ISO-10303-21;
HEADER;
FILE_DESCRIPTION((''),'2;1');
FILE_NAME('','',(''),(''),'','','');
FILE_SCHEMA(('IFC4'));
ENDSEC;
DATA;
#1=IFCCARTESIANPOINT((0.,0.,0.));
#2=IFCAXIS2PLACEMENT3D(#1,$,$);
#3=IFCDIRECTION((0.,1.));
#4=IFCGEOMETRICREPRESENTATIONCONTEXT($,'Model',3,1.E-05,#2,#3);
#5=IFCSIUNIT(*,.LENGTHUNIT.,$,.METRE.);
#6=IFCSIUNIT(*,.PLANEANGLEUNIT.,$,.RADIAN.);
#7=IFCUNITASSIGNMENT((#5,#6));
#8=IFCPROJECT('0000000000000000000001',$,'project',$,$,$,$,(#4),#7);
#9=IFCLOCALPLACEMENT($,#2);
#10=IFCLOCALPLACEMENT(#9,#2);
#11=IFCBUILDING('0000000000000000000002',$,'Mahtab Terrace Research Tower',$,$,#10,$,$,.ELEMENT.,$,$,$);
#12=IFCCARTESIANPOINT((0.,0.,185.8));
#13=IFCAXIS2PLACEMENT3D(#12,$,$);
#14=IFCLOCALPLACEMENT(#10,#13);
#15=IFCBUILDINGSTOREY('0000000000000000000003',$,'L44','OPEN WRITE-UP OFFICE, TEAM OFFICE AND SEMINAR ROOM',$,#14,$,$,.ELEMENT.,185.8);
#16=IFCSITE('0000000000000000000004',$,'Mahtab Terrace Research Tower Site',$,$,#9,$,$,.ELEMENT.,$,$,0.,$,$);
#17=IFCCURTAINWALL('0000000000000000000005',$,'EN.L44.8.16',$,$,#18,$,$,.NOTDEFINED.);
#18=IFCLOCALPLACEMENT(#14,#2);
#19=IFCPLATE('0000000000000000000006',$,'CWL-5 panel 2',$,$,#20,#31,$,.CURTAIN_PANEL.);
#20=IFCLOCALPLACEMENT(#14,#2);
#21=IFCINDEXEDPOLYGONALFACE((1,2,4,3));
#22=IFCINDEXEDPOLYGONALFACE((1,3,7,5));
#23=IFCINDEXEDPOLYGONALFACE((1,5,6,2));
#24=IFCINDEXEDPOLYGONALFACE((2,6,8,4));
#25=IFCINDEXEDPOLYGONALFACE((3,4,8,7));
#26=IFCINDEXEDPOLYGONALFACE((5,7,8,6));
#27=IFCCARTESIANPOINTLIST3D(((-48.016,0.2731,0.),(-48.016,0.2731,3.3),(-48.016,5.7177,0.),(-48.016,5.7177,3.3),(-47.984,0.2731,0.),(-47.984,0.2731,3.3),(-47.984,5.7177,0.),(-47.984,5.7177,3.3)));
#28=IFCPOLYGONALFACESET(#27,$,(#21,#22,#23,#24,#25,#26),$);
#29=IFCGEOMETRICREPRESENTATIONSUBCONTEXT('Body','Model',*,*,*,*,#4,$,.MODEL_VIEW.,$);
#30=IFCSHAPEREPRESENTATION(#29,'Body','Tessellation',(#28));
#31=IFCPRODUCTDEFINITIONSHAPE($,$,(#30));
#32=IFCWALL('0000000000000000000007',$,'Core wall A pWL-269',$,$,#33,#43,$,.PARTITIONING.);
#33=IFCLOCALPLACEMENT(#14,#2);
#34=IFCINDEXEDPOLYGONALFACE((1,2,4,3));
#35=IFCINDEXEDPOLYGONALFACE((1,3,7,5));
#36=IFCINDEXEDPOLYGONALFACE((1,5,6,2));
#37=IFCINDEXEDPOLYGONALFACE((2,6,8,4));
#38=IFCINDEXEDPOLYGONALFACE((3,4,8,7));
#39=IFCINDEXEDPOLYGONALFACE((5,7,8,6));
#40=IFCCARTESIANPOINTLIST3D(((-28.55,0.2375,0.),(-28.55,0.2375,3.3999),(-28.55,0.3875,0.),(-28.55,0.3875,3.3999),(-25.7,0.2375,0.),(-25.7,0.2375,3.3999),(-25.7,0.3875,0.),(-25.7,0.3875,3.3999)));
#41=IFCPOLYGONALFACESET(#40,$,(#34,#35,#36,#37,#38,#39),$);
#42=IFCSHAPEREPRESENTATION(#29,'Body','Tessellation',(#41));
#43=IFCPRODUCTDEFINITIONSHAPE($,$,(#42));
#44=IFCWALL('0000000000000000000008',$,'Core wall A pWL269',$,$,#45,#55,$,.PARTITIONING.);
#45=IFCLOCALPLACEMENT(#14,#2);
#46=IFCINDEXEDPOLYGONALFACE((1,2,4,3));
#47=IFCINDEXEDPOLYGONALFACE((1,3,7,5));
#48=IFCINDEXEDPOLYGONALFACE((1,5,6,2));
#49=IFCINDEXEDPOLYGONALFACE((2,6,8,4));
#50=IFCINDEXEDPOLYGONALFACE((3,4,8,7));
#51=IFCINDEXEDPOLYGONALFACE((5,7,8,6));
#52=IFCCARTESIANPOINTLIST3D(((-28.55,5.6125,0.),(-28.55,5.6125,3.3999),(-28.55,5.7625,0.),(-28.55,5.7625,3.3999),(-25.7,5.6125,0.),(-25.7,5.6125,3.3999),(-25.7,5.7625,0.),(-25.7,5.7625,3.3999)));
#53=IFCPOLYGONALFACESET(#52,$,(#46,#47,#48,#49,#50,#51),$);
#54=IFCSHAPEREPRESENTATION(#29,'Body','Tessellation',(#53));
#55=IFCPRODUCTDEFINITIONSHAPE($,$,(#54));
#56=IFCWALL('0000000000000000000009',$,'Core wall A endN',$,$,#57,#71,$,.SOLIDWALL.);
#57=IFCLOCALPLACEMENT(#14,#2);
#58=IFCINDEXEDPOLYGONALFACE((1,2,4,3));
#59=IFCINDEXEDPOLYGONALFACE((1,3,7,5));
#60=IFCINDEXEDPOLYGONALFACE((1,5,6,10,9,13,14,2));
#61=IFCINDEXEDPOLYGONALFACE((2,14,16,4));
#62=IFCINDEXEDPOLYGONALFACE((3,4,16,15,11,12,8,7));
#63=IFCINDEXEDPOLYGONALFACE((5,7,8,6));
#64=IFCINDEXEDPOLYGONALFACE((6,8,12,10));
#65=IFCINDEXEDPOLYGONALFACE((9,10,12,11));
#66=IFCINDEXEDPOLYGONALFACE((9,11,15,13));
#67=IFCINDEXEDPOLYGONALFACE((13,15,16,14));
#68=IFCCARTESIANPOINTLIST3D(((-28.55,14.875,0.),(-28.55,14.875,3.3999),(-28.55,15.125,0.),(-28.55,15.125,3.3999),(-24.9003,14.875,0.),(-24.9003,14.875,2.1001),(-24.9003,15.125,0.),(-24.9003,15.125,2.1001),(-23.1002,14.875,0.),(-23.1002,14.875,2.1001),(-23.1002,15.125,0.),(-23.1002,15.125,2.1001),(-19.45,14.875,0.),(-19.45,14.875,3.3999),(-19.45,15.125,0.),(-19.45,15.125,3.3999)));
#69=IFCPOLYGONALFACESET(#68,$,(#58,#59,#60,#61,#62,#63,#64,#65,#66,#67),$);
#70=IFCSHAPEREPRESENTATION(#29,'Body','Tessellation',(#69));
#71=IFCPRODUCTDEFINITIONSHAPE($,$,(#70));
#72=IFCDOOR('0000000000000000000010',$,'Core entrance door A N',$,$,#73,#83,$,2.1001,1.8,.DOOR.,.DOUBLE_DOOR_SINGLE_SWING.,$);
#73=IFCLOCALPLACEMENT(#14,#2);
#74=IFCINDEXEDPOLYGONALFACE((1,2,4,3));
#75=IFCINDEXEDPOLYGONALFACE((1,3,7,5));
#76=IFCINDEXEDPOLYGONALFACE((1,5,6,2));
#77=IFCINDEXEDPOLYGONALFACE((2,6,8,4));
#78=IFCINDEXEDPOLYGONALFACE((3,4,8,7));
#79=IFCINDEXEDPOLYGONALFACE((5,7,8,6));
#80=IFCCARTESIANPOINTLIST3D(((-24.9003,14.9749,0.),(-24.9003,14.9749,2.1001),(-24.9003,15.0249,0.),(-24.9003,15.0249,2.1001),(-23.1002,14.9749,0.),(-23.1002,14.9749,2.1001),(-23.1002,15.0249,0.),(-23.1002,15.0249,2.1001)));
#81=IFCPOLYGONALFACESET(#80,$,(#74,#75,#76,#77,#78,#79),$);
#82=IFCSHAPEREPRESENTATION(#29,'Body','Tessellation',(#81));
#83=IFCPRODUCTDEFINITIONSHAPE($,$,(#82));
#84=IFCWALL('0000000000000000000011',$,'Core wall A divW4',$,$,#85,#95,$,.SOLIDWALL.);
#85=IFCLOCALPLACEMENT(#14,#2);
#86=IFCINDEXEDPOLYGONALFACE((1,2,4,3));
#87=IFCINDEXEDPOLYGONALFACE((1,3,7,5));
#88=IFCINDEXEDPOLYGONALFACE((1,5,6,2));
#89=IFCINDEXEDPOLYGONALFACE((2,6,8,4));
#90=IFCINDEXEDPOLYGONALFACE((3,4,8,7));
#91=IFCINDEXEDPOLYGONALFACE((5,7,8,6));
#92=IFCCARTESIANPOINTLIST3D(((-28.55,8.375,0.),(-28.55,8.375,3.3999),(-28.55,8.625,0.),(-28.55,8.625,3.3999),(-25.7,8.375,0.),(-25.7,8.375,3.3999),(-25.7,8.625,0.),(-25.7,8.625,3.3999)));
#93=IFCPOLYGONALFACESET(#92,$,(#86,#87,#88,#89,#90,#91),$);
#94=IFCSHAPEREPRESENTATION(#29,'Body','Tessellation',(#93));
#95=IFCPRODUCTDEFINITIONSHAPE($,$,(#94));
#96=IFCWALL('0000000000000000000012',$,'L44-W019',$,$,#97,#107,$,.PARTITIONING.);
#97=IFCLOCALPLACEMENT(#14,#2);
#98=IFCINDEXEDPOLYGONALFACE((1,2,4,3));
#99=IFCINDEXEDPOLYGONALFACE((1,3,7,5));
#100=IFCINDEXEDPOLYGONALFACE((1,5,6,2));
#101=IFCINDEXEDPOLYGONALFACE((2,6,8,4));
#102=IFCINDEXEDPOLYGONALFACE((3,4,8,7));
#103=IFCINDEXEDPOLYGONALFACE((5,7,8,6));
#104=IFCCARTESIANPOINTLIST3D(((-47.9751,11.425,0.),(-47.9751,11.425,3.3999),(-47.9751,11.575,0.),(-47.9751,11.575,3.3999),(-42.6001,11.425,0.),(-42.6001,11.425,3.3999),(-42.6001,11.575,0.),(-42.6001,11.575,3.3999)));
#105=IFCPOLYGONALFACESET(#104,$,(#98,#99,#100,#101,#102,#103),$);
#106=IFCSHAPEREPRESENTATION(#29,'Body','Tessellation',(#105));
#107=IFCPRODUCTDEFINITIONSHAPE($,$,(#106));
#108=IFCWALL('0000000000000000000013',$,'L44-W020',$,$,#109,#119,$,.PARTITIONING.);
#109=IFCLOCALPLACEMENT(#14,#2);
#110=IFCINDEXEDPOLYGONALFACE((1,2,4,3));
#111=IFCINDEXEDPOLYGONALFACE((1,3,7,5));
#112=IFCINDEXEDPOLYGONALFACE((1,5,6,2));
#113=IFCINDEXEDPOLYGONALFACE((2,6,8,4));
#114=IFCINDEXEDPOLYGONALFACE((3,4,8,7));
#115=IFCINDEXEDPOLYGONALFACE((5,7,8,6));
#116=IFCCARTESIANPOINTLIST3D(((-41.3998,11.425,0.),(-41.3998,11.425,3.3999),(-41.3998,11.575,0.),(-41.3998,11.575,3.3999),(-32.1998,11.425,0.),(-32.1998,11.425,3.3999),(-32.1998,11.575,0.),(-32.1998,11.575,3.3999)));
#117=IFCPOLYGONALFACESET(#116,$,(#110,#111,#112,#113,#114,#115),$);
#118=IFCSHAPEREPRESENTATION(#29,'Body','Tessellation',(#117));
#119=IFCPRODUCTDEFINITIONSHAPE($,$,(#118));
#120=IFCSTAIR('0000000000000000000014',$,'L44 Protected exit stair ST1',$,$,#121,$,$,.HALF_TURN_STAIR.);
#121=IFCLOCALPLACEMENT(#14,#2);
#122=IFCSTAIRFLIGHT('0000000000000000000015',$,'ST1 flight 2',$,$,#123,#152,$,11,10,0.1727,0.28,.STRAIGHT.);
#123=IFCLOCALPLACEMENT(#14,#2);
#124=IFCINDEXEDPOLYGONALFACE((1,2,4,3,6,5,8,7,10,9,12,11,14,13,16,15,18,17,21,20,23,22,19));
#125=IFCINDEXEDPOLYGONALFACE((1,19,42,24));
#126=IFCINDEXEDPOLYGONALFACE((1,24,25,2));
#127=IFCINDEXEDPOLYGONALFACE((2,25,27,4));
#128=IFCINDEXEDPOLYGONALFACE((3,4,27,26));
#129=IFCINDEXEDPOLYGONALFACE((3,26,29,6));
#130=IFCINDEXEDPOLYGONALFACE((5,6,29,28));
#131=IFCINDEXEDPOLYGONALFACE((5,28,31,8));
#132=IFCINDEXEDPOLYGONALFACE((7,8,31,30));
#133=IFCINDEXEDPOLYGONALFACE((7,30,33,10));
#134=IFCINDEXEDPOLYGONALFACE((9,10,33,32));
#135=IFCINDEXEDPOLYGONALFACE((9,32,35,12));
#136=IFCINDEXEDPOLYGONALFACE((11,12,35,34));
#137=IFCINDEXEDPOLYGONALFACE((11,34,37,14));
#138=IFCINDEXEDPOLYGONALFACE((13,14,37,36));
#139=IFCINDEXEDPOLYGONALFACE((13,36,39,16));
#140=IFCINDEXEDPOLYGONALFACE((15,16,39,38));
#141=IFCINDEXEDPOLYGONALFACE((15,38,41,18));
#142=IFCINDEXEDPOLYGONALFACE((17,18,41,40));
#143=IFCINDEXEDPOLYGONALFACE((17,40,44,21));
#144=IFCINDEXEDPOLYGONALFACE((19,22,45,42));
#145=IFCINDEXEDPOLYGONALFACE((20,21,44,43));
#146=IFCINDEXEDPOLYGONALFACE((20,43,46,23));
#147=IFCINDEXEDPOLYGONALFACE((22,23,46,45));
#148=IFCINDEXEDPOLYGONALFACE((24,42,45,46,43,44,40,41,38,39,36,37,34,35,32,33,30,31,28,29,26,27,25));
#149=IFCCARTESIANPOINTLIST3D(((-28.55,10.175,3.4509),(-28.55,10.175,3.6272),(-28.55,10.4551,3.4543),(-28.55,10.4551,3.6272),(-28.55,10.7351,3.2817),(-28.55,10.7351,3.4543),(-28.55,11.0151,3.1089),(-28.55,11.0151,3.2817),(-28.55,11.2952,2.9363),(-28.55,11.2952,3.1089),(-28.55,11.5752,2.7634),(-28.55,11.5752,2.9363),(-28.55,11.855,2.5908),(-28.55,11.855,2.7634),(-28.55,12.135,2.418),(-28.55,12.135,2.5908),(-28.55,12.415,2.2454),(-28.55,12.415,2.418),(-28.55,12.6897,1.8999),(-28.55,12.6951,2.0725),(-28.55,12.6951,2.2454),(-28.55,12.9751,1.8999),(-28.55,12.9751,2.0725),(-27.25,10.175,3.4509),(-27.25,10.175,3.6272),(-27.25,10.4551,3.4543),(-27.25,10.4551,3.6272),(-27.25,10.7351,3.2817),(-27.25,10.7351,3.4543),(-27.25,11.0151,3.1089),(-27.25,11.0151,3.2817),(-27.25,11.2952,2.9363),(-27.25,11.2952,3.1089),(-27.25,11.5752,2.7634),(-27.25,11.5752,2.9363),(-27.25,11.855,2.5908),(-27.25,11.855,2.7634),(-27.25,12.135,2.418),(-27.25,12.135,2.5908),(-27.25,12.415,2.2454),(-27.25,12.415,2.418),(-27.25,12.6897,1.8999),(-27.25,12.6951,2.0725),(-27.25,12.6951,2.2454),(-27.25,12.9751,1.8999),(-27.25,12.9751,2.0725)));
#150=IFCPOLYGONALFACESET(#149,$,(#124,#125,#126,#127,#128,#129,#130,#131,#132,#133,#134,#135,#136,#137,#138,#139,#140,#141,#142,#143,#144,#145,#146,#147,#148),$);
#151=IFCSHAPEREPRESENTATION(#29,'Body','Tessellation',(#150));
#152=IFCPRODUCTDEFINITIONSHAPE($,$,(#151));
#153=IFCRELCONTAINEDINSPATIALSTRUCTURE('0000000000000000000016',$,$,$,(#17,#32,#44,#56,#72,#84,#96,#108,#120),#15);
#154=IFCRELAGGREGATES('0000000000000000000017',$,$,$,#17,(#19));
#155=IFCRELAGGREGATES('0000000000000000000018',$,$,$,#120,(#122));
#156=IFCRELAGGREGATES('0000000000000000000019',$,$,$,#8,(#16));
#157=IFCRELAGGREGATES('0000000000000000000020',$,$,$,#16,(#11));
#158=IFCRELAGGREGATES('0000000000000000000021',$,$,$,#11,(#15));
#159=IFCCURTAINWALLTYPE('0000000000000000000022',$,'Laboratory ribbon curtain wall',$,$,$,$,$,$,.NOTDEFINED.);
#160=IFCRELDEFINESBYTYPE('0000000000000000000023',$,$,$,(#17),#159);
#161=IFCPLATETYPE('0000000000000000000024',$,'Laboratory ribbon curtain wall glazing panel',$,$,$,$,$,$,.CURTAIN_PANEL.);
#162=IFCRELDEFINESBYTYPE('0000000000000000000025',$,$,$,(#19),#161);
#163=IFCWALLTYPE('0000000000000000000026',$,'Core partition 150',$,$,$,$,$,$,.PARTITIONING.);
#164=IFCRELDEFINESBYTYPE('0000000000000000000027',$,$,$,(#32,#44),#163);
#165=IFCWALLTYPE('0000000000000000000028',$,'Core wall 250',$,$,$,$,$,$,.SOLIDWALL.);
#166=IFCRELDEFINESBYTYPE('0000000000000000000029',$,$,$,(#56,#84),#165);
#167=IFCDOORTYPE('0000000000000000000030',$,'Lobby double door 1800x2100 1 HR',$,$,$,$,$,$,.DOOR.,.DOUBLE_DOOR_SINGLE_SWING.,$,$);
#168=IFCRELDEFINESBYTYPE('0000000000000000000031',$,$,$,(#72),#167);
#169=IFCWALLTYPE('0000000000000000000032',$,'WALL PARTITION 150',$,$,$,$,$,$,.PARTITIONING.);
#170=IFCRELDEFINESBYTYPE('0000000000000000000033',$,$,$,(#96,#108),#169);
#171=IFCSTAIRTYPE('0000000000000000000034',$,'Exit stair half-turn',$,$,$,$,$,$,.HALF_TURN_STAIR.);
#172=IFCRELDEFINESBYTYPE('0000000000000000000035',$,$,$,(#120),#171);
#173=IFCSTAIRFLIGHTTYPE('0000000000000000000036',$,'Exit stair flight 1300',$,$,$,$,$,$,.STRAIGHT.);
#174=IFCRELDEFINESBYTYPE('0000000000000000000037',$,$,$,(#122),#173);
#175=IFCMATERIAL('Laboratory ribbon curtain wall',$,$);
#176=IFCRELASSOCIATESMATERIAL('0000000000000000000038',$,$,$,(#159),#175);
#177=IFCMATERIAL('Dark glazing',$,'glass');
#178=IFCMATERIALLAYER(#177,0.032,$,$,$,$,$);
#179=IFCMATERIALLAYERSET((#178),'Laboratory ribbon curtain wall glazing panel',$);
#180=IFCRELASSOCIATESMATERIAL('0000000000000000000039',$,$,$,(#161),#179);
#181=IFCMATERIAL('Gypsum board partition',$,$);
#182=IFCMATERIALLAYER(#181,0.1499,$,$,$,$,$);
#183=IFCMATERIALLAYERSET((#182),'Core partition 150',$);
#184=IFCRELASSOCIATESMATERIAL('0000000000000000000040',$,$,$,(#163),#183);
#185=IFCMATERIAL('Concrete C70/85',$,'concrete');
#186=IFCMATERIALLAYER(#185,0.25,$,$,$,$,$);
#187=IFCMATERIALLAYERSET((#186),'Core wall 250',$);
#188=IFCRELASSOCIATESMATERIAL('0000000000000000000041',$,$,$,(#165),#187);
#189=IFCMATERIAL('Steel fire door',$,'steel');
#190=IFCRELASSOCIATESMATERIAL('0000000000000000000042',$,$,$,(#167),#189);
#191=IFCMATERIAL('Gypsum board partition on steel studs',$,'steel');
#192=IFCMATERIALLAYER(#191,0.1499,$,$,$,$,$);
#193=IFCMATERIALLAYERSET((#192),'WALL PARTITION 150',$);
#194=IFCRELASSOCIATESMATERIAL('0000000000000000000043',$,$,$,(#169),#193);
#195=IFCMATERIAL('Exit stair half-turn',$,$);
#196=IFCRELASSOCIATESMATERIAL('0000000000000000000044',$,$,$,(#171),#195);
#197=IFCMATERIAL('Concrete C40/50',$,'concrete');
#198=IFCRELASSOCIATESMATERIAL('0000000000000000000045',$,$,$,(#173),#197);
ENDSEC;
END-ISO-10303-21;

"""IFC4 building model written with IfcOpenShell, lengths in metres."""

from ifc_helpers import new_model, si_unit, direction, frame, frame_2d, origin, origin_2d, place, context, subcontext, project, spatial, polyline, rectangle, outline, extrude, material, layer, layer_set, type_object, element, fill, aggregate, save


model = new_model("IFC4")

# Units and contexts
model_context = context("Model", 3, precision=1e-05, world=origin(), true_north=direction((0.0, 1.0)))
body_context = subcontext(model_context, "Body", "Model", "MODEL_VIEW")
ifc_project = project(units=[si_unit("LENGTHUNIT", "METRE"), si_unit("PLANEANGLEUNIT", "RADIAN")], contexts=[model_context])

# Site, building, storey
site_placement = place(None, origin())
site = spatial("IfcSite", under=ifc_project, at=site_placement, Name="Mahtab Terrace Research Tower Site", CompositionType="ELEMENT", RefElevation=0.0)
building_placement = place(site_placement, origin())
building = spatial("IfcBuilding", under=site, at=building_placement, Name="Mahtab Terrace Research Tower", CompositionType="ELEMENT")
storey_placement = place(building_placement, frame((0.0, 0.0, 185.8)))
storey = spatial("IfcBuildingStorey", under=building, at=storey_placement, Name="L44", Description="OPEN WRITE-UP OFFICE, TEAM OFFICE AND SEMINAR ROOM", CompositionType="ELEMENT", Elevation=185.8)

# Shared definitions
ifc_material_1 = material(Name="Concrete C70/85", Category="concrete")

# Shared definitions
ifc_material_2 = material(Name="Laboratory ribbon curtain wall")
curtain_wall_type = type_object("IfcCurtainWallType", Name="Laboratory ribbon curtain wall", PredefinedType="NOTDEFINED", material=ifc_material_2)

# Curtain wall
curtain_wall_1_placement = place(storey_placement, origin())
curtain_wall_1 = element("IfcCurtainWall", 1, at=curtain_wall_1_placement, inside=storey, type_object=curtain_wall_type, Name="EN.L44.8.16", PredefinedType="NOTDEFINED")

# Plate
ifc_material_3 = material(Name="Dark glazing", Category="glass")
ifc_layer_1 = layer(ifc_material_3, 0.032)
ifc_layer_set_1 = layer_set([ifc_layer_1], Name="Laboratory ribbon curtain wall glazing panel")
plate_type = type_object("IfcPlateType", Name="Laboratory ribbon curtain wall glazing panel", PredefinedType="CURTAIN_PANEL", material=ifc_layer_set_1)
plate_1_placement = place(storey_placement, frame((-48.0, 2.9954, 0.0), z_axis=(0.0, 0.0, 1.0), x_axis=(0.0, -1.0, 0.0)))
plate_1 = element("IfcPlate", 2, at=plate_1_placement, type_object=plate_type, Name="CWL-5 panel 2", PredefinedType="CURTAIN_PANEL", context=body_context, shape_type="SweptSolid", body=[
    extrude(rectangle(XDim=5.4446, YDim=0.032, at=origin_2d()), origin(), (0.0, 0.0, 1.0), 3.3),
])
aggregate(curtain_wall_1, [plate_1])

# Walls
ifc_material_4 = material(Name="Gypsum board partition")
ifc_layer_2 = layer(ifc_material_4, 0.1499)
ifc_layer_set_2 = layer_set([ifc_layer_2], Name="Core partition 150")
wall_type_1 = type_object("IfcWallType", Name="Core partition 150", PredefinedType="PARTITIONING", material=ifc_layer_set_2)
for number, where, z_axis, x_axis, name in (
    (3, (-28.55, 0.3125, 0.0), (0.0, 0.0, 1.0), (1.0, 0.0, 0.0), "Core wall A pWL-269"),
    (4, (-28.55, 5.6875, 0.0), (0.0, 0.0, 1.0), (1.0, 0.0, 0.0), "Core wall A pWL269"),
):
    element("IfcWall", number, at=place(storey_placement, frame(where, z_axis=z_axis, x_axis=x_axis)), inside=storey, type_object=wall_type_1, Name=name, PredefinedType="PARTITIONING", context=body_context, shape_type="SweptSolid", body=[
        extrude(rectangle(XDim=2.8501, YDim=0.1499, at=frame_2d((1.425, 0.0))), origin(), (0.0, 0.0, 1.0), 3.3999),
    ])

# Wall, opening, door
ifc_layer_3 = layer(ifc_material_1, 0.25)
ifc_layer_set_3 = layer_set([ifc_layer_3], Name="Core wall 250")
wall_type_2 = type_object("IfcWallType", Name="Core wall 250", PredefinedType="SOLIDWALL", material=ifc_layer_set_3)
wall_1_placement = place(storey_placement, frame((-28.55, 15.0, 0.0), z_axis=(0.0, 0.0, 1.0), x_axis=(1.0, 0.0, 0.0)))
wall_1 = element("IfcWall", 5, at=wall_1_placement, inside=storey, type_object=wall_type_2, Name="Core wall A endN", PredefinedType="SOLIDWALL", context=body_context, shape_type="SweptSolid", body=[
    extrude(rectangle(XDim=9.1001, YDim=0.25, at=frame_2d((4.55, 0.0))), origin(), (0.0, 0.0, 1.0), 3.3999),
])
opening_placement = place(wall_1_placement, frame((3.6499, 0.0, 0.0)))
opening = element("IfcOpeningElement", 6, at=opening_placement, cuts=wall_1, PredefinedType="OPENING", context=body_context, shape_type="SweptSolid", body=[
    extrude(rectangle(XDim=1.8, YDim=2.1001, at=frame_2d((0.8999, 1.05))), frame((0.0, 0.135, 0.0), z_axis=(0.0, -1.0, 0.0), x_axis=(1.0, 0.0, 0.0)), (0.0, 0.0, 1.0), 0.27),
])
ifc_material_5 = material(Name="Steel fire door", Category="steel")
door_type = type_object("IfcDoorType", Name="Lobby double door 1800x2100 1 HR", OperationType="DOUBLE_DOOR_SINGLE_SWING", PredefinedType="DOOR", material=ifc_material_5)
door_placement = place(opening_placement, origin())
door = element("IfcDoor", 7, at=door_placement, inside=storey, type_object=door_type, Name="Core entrance door A N", OperationType="DOUBLE_DOOR_SINGLE_SWING", OverallHeight=2.1001, OverallWidth=1.8, PredefinedType="DOOR", context=body_context, shape_type="SweptSolid", body=[
    extrude(rectangle(XDim=1.8, YDim=2.1001, at=frame_2d((0.8999, 1.05))), frame((0.0, 0.0249, 0.0), z_axis=(0.0, -1.0, 0.0), x_axis=(1.0, 0.0, 0.0)), (0.0, 0.0, 1.0), 0.05),
])
fill(opening, door)

# Walls
wall_2_placement = place(storey_placement, frame((-28.55, 8.5, 0.0), z_axis=(0.0, 0.0, 1.0), x_axis=(1.0, 0.0, 0.0)))
element("IfcWall", 8, at=wall_2_placement, inside=storey, type_object=wall_type_2, Name="Core wall A divW4", PredefinedType="SOLIDWALL", context=body_context, shape_type="SweptSolid", body=[
    extrude(rectangle(XDim=2.8501, YDim=0.25, at=frame_2d((1.425, 0.0))), origin(), (0.0, 0.0, 1.0), 3.3999),
])
ifc_material_6 = material(Name="Gypsum board partition on steel studs", Category="steel")
ifc_layer_4 = layer(ifc_material_6, 0.1499)
ifc_layer_set_4 = layer_set([ifc_layer_4], Name="WALL PARTITION 150")
wall_type_3 = type_object("IfcWallType", Name="WALL PARTITION 150", PredefinedType="PARTITIONING", material=ifc_layer_set_4)
wall_3_placement = place(storey_placement, frame((-47.9751, 11.5, 0.0), z_axis=(0.0, 0.0, 1.0), x_axis=(1.0, 0.0, 0.0)))
element("IfcWall", 9, at=wall_3_placement, inside=storey, type_object=wall_type_3, Name="L44-W019", PredefinedType="PARTITIONING", context=body_context, shape_type="SweptSolid", body=[
    extrude(rectangle(XDim=5.375, YDim=0.1499, at=frame_2d((2.6875, 0.0))), origin(), (0.0, 0.0, 1.0), 3.3999),
])
wall_4_placement = place(storey_placement, frame((-41.3999, 11.5, 0.0), z_axis=(0.0, 0.0, 1.0), x_axis=(1.0, 0.0, 0.0)))
element("IfcWall", 10, at=wall_4_placement, inside=storey, type_object=wall_type_3, Name="L44-W020", PredefinedType="PARTITIONING", context=body_context, shape_type="SweptSolid", body=[
    extrude(rectangle(XDim=9.2, YDim=0.1499, at=frame_2d((4.6001, 0.0))), origin(), (0.0, 0.0, 1.0), 3.3999),
])

# Stair, stair flight
ifc_material_7 = material(Name="Exit stair half-turn")
stair_type = type_object("IfcStairType", Name="Exit stair half-turn", PredefinedType="HALF_TURN_STAIR", material=ifc_material_7)
stair_placement = place(storey_placement, origin())
stair = element("IfcStair", 11, at=stair_placement, inside=storey, type_object=stair_type, Name="L44 Protected exit stair ST1", PredefinedType="HALF_TURN_STAIR")
ifc_material_8 = material(Name="Concrete C40/50", Category="concrete")
stair_flight_type = type_object("IfcStairFlightType", Name="Exit stair flight 1300", PredefinedType="STRAIGHT", material=ifc_material_8)
stair_flight_placement = place(storey_placement, frame((-27.8999, 12.9751, 1.8999), z_axis=(0.0, 0.0, 1.0), x_axis=(0.0, -1.0, 0.0)))
stair_flight = element("IfcStairFlight", 12, at=stair_flight_placement, type_object=stair_flight_type, Name="ST1 flight 2", NumberOfRisers=11, NumberOfTreads=10, PredefinedType="STRAIGHT", RiserHeight=0.1727, TreadLength=0.28, context=body_context, shape_type="SweptSolid", body=[
    extrude(outline(polyline([(0.0, 0.0), (0.0, 0.1726), (0.28, 0.1726), (0.28, 0.3455), (0.5601, 0.3455), (0.5601, 0.5181), (0.8401, 0.5181), (0.8401, 0.6909), (1.1201, 0.6909), (1.1201, 0.8635), (1.3999, 0.8635), (1.3999, 1.0364), (1.6799, 1.0364), (1.6799, 1.209), (1.96, 1.209), (1.96, 1.3818), (2.24, 1.3818), (2.24, 1.5544), (2.52, 1.5544), (2.52, 1.7273), (2.8, 1.7273), (2.8, 1.8999), (2.8, 1.551), (0.2854, 0.0), (0.0, 0.0)])), frame((0.0, 0.6499, 0.0), z_axis=(0.0, -1.0, 0.0), x_axis=(1.0, 0.0, 0.0)), (0.0, 0.0, 1.0), 1.3),
])
aggregate(stair, [stair_flight])

save(model, "model.ifc")
